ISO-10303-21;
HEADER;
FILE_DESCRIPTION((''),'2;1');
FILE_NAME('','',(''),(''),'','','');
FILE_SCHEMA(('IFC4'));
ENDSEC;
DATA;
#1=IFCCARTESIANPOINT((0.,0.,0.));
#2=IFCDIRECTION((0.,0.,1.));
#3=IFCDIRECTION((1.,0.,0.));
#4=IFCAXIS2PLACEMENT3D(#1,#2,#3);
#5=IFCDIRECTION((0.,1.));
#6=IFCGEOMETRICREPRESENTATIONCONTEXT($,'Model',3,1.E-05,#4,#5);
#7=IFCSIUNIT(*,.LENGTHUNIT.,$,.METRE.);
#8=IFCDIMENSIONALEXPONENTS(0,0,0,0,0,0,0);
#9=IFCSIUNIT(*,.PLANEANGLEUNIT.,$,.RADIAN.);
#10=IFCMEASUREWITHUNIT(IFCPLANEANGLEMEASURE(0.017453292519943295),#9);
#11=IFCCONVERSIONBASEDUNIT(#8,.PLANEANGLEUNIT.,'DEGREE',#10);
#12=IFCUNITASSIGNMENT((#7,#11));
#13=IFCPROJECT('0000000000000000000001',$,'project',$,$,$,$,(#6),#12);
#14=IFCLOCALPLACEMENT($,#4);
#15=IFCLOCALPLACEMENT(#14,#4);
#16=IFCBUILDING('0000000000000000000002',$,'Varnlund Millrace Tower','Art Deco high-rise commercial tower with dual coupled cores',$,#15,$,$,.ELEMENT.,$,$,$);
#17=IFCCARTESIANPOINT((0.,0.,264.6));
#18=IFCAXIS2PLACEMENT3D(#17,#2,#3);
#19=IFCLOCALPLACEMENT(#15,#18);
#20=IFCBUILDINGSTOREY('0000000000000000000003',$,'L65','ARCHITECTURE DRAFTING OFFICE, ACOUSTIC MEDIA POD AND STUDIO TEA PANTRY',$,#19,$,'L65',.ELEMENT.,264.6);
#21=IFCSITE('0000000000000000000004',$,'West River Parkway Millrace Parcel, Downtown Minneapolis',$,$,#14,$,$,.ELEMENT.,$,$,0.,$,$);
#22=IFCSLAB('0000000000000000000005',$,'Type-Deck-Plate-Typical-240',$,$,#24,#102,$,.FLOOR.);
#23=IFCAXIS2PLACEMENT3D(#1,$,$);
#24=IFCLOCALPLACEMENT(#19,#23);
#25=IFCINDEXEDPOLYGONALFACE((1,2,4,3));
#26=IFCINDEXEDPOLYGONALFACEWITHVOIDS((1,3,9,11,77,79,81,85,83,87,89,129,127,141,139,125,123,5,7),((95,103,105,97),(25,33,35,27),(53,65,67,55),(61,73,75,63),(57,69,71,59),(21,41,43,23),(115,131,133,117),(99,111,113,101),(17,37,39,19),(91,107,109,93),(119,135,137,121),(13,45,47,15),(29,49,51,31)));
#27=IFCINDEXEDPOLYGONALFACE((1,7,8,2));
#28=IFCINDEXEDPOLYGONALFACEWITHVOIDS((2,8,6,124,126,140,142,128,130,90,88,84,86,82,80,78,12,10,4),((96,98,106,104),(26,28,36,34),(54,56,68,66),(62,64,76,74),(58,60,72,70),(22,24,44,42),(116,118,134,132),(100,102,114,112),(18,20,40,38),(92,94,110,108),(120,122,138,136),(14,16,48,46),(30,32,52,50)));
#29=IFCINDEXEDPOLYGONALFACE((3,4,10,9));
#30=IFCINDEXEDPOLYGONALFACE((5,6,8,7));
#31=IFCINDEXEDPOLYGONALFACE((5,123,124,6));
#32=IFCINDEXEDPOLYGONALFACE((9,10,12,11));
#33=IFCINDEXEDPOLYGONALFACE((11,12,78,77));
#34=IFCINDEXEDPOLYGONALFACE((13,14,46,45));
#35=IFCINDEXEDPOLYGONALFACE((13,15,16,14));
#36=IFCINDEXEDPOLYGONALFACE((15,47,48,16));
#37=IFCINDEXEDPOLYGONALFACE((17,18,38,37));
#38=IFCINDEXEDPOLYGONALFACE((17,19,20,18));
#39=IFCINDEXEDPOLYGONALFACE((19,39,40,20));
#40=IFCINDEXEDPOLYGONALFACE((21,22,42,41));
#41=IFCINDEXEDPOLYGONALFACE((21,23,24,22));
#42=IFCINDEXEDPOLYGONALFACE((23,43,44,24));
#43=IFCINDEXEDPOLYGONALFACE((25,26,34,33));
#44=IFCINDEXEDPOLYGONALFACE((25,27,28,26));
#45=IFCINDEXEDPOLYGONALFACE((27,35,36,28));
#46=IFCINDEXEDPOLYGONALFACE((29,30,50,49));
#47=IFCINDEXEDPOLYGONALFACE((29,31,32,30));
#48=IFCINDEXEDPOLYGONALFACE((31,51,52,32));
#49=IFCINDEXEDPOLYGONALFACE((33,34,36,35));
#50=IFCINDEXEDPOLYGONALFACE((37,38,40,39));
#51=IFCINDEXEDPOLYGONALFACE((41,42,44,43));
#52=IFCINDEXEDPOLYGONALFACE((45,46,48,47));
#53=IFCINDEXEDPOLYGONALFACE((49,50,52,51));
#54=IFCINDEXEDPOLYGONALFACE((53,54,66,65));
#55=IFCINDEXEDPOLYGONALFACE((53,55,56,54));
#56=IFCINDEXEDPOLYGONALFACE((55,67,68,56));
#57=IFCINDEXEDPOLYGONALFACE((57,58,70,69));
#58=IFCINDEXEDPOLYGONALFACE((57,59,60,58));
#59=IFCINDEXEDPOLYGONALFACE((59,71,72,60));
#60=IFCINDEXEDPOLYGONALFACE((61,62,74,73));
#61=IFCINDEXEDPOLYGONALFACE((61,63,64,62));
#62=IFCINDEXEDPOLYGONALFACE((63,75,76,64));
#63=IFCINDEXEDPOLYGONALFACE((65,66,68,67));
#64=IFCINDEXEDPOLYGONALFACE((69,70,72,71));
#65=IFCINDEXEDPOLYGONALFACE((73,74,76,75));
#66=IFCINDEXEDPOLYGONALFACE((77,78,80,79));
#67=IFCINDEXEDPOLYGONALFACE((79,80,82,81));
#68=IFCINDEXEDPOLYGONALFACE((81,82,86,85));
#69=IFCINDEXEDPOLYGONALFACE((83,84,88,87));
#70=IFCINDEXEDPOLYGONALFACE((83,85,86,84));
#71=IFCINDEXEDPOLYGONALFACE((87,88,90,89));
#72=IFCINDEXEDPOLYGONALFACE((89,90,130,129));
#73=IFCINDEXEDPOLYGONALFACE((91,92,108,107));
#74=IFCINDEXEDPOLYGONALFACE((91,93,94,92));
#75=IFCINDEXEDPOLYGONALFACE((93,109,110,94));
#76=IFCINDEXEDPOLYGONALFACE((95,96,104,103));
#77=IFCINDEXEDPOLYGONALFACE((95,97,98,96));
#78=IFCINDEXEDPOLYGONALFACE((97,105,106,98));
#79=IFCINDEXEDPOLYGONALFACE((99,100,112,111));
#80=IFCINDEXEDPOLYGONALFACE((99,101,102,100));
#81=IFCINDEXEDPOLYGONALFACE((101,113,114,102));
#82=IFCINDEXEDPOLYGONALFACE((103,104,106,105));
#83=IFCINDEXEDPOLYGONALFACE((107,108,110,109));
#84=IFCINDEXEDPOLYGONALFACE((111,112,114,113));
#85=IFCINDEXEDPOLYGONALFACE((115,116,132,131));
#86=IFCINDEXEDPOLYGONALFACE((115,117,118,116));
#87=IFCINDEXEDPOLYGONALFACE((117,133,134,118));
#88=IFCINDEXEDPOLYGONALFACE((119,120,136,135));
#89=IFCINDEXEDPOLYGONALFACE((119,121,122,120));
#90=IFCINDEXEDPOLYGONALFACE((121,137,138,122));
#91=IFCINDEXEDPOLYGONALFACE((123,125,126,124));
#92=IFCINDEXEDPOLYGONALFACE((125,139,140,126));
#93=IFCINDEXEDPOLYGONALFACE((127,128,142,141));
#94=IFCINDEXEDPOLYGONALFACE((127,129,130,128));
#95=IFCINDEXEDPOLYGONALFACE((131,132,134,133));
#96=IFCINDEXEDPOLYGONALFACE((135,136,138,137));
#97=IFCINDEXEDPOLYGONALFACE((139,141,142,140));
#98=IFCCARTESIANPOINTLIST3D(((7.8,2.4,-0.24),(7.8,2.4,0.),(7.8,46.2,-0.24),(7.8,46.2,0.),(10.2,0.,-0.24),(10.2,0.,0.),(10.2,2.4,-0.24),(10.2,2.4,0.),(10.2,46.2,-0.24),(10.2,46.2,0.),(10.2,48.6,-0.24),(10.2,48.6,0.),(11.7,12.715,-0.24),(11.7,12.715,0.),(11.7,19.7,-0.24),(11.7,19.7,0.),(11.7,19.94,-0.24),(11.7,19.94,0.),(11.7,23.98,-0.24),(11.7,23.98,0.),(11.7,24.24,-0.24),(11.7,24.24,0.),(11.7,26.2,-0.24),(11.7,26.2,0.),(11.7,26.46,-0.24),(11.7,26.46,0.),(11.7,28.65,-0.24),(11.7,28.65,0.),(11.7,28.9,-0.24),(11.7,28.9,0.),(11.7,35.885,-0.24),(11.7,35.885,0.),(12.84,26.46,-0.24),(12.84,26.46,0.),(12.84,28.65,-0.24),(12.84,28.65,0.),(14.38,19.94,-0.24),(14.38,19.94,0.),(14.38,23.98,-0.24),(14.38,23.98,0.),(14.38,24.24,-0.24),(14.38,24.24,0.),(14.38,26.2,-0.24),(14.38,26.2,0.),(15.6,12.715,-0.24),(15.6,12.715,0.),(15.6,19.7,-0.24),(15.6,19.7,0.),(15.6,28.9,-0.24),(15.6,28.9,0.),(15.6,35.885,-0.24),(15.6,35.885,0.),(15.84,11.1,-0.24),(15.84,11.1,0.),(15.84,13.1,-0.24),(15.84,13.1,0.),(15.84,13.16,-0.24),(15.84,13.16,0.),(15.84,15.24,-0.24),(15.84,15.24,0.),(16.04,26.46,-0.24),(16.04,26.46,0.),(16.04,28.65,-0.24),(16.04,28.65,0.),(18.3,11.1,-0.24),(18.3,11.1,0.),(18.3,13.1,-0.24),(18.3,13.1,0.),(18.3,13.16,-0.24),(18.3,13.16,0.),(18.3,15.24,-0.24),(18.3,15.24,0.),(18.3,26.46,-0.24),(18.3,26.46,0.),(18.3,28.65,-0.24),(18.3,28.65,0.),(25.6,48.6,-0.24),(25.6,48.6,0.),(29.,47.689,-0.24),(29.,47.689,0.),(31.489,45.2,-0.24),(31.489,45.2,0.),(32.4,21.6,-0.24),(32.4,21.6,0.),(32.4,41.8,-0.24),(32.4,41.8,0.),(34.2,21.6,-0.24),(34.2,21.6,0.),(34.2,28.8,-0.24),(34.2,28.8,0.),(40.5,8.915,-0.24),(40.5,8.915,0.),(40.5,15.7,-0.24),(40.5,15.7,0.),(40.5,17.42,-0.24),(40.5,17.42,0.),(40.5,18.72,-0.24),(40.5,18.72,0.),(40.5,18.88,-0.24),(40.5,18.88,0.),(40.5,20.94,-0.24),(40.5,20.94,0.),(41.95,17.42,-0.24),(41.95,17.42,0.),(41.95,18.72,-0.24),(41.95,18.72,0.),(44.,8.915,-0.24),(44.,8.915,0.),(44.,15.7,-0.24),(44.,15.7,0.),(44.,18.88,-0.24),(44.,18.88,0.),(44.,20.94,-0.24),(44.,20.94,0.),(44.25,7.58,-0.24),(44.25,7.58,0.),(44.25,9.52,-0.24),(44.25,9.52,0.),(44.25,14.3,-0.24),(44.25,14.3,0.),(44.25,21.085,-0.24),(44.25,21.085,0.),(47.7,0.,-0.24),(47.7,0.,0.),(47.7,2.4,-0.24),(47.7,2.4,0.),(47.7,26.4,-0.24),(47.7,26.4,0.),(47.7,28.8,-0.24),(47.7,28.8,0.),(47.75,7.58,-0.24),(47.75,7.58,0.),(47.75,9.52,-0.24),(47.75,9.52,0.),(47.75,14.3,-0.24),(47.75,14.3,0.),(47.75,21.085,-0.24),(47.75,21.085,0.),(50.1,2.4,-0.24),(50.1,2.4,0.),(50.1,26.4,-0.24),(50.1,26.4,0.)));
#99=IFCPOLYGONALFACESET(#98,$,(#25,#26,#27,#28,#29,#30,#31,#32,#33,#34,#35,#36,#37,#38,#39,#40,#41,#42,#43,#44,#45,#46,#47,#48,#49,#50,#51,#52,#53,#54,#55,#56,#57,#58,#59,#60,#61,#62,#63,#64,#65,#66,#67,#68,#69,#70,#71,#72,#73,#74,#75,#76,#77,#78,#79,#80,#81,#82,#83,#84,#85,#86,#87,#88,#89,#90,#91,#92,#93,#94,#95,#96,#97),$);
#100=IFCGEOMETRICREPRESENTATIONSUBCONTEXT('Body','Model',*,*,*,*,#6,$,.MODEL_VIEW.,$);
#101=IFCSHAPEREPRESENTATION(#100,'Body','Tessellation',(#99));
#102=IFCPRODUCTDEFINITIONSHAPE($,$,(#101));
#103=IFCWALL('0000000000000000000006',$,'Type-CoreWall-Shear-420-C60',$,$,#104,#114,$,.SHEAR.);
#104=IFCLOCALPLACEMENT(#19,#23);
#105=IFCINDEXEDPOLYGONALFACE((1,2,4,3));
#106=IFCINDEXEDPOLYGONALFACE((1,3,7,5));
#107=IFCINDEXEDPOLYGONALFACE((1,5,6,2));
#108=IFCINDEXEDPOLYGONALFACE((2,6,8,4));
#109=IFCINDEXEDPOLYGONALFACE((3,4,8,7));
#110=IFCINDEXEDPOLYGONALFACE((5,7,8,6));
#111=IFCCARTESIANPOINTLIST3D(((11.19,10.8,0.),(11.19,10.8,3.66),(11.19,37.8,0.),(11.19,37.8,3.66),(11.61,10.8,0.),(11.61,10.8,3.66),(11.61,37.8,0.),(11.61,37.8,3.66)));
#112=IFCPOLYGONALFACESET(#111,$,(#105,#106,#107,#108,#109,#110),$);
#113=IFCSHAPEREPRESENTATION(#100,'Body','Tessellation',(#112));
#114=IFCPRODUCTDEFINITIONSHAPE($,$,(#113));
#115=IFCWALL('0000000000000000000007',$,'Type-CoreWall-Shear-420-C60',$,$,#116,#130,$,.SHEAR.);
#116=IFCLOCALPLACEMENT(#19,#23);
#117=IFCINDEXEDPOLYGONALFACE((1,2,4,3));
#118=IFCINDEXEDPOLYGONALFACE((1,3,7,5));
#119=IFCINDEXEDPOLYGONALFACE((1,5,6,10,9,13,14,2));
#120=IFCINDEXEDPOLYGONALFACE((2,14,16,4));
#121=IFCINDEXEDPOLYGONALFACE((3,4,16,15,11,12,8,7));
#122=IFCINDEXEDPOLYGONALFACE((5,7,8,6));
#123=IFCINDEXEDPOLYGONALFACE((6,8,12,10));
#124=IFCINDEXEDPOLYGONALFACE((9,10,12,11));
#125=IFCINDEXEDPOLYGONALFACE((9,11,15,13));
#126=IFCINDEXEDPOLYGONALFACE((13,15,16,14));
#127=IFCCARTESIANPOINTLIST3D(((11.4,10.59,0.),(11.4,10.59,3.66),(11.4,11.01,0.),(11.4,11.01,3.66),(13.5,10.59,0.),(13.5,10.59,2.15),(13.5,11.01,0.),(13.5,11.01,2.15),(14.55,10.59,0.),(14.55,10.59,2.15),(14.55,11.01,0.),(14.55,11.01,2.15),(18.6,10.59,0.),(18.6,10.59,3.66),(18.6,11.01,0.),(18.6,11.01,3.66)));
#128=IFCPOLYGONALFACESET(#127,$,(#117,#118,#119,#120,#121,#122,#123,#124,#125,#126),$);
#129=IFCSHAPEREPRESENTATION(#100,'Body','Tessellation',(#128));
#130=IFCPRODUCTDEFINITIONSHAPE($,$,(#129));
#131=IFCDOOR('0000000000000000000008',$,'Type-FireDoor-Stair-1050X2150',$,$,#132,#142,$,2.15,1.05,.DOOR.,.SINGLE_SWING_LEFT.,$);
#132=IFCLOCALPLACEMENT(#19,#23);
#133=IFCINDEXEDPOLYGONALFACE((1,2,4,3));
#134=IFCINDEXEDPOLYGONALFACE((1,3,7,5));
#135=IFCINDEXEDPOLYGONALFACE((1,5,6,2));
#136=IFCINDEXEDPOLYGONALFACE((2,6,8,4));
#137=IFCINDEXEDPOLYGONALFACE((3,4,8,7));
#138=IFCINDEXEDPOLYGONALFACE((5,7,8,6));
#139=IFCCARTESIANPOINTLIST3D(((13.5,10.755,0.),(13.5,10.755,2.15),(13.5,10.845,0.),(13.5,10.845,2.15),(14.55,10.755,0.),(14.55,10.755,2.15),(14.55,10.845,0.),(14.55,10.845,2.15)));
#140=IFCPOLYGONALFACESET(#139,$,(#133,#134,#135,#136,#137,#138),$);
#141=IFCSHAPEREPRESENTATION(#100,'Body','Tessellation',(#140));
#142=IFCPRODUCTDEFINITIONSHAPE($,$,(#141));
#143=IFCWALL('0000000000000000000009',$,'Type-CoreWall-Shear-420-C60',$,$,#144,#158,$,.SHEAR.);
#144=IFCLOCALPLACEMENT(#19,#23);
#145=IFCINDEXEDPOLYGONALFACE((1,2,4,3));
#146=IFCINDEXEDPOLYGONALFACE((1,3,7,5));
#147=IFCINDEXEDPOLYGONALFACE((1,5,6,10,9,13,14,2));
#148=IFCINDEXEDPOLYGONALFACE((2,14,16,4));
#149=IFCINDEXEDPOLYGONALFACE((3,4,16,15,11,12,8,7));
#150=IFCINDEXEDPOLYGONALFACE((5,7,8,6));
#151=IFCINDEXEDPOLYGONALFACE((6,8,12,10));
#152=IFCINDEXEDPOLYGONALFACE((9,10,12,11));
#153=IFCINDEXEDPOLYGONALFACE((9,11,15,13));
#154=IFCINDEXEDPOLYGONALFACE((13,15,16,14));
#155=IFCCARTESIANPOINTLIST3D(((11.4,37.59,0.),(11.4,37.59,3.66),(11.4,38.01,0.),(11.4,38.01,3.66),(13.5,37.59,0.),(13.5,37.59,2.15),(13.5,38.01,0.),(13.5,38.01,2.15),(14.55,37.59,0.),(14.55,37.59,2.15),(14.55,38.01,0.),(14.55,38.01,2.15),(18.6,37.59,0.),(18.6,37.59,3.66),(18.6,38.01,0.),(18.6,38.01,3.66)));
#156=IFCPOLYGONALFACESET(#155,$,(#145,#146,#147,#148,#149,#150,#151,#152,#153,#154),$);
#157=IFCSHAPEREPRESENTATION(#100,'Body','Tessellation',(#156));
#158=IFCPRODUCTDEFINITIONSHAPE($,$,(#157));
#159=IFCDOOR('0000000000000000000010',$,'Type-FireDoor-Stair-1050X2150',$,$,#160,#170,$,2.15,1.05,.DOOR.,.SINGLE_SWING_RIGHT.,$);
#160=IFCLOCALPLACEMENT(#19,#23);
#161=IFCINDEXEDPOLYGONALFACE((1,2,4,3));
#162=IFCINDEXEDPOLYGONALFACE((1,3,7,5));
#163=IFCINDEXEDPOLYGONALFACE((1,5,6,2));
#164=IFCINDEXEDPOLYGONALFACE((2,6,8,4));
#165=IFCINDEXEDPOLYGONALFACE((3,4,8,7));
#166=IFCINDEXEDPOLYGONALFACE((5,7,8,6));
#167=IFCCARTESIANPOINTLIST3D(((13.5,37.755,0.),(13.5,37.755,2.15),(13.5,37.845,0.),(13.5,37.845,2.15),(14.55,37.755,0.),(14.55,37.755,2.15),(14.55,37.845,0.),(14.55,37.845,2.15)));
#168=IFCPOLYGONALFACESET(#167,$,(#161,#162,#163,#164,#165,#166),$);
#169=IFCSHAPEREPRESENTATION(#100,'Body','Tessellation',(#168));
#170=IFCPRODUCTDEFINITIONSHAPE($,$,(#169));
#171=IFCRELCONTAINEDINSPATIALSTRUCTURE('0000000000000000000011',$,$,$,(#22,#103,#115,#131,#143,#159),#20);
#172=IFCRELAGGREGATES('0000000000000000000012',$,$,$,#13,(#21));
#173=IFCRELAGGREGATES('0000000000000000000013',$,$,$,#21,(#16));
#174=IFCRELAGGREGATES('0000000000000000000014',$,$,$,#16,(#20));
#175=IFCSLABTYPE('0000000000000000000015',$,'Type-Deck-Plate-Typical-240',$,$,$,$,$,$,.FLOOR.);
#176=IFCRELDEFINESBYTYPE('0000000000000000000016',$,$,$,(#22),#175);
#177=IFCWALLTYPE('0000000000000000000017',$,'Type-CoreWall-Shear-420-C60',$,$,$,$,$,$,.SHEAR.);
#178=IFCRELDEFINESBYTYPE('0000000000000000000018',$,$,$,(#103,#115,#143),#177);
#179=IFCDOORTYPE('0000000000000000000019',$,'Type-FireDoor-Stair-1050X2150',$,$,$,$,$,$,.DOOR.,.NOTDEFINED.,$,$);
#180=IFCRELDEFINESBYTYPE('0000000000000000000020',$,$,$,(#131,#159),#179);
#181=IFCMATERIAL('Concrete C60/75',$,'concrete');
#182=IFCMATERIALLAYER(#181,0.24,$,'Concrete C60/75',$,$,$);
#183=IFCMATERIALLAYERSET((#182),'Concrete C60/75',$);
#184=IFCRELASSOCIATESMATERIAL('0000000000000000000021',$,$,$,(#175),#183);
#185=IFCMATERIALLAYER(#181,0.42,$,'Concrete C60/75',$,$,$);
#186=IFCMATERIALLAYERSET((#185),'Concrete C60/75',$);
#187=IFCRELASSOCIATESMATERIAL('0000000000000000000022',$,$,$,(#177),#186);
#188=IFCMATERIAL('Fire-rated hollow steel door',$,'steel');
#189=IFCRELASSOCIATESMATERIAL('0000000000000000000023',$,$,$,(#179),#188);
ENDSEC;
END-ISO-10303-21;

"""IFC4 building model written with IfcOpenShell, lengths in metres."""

from ifc_helpers import new_model, entity, si_unit, converted_unit, direction, frame, origin_with_axes, origin_2d_with_axis, place, context, subcontext, project, spatial, polyline, rectangle, outline, extrude, material, layer, layer_set, type_object, element, fill, save


model = new_model("IFC4")

# Units and contexts
model_context = context("Model", 3, precision=1e-05, world=origin_with_axes(), true_north=direction((0.0, 1.0)))
body_context = subcontext(model_context, "Body", "Model", "MODEL_VIEW")
ifc_project = project(units=[si_unit("LENGTHUNIT", "METRE"), converted_unit("PLANEANGLEUNIT", "DEGREE", entity("IfcPlaneAngleMeasure", 0.017453292519943295), si_unit("PLANEANGLEUNIT", "RADIAN"), dimensions=[0, 0, 0, 0, 0, 0, 0])], contexts=[model_context])

# Site, building, storey
site_placement = place(None, origin_with_axes())
site = spatial("IfcSite", under=ifc_project, at=site_placement, Name="West River Parkway Millrace Parcel, Downtown Minneapolis", CompositionType="ELEMENT", RefElevation=0.0)
building_placement = place(site_placement, origin_with_axes())
building = spatial("IfcBuilding", under=site, at=building_placement, Name="Varnlund Millrace Tower", Description="Art Deco high-rise commercial tower with dual coupled cores", CompositionType="ELEMENT")
storey_placement = place(building_placement, frame((0.0, 0.0, 264.6), z_axis=(0.0, 0.0, 1.0), x_axis=(1.0, 0.0, 0.0)))
storey = spatial("IfcBuildingStorey", under=building, at=storey_placement, Name="L65", Description="ARCHITECTURE DRAFTING OFFICE, ACOUSTIC MEDIA POD AND STUDIO TEA PANTRY", LongName="L65", CompositionType="ELEMENT", Elevation=264.6)

# Slab
ifc_material_1 = material(Name="Concrete C60/75", Category="concrete")
ifc_layer_1 = layer(ifc_material_1, 0.24, Name="Concrete C60/75")
ifc_layer_set_1 = layer_set([ifc_layer_1], Name="Concrete C60/75")
slab_type = type_object("IfcSlabType", Name="Type-Deck-Plate-Typical-240", PredefinedType="FLOOR", material=ifc_layer_set_1)
slab_placement = place(storey_placement, frame((0.0, 0.0, -0.24), z_axis=(0.0, 0.0, 1.0), x_axis=(1.0, 0.0, 0.0)))
element("IfcSlab", 1, at=slab_placement, inside=storey, type_object=slab_type, Name="Type-Deck-Plate-Typical-240", PredefinedType="FLOOR", context=body_context, shape_type="SweptSolid", body=[
    extrude(outline(polyline([(32.4, 21.6), (32.4, 41.8), (31.489, 45.2), (29.0, 47.689), (25.6, 48.6), (10.2, 48.6), (10.2, 46.2), (7.8, 46.2), (7.8, 2.4), (10.2, 2.4), (10.2, 0.0), (47.7, 0.0), (47.7, 2.4), (50.1, 2.4), (50.1, 26.4), (47.7, 26.4), (47.7, 28.8), (34.2, 28.8), (34.2, 21.6), (32.4, 21.6)]), holes=[polyline([(18.3, 13.1), (18.3, 11.1), (15.84, 11.1), (15.84, 13.1), (18.3, 13.1)]), polyline([(15.6, 12.715), (11.7, 12.715), (11.7, 19.7), (15.6, 19.7), (15.6, 12.715)]), polyline([(11.7, 19.94), (11.7, 23.98), (14.38, 23.98), (14.38, 19.94), (11.7, 19.94)]), polyline([(14.38, 24.24), (11.7, 24.24), (11.7, 26.2), (14.38, 26.2), (14.38, 24.24)]), polyline([(12.84, 26.46), (11.7, 26.46), (11.7, 28.65), (12.84, 28.65), (12.84, 26.46)]), polyline([(15.6, 28.9), (11.7, 28.9), (11.7, 35.885), (15.6, 35.885), (15.6, 28.9)]), polyline([(47.75, 9.52), (47.75, 7.58), (44.25, 7.58), (44.25, 9.52), (47.75, 9.52)]), polyline([(44.0, 8.915), (40.5, 8.915), (40.5, 15.7), (44.0, 15.7), (44.0, 8.915)]), polyline([(18.3, 13.16), (15.84, 13.16), (15.84, 15.24), (18.3, 15.24), (18.3, 13.16)]), polyline([(47.75, 14.3), (44.25, 14.3), (44.25, 21.085), (47.75, 21.085), (47.75, 14.3)]), polyline([(41.95, 17.42), (40.5, 17.42), (40.5, 18.72), (41.95, 18.72), (41.95, 17.42)]), polyline([(44.0, 18.88), (40.5, 18.88), (40.5, 20.94), (44.0, 20.94), (44.0, 18.88)]), polyline([(18.3, 26.46), (16.04, 26.46), (16.04, 28.65), (18.3, 28.65), (18.3, 26.46)])]), origin_with_axes(), (0.0, 0.0, 1.0), 0.24),
])

# Wall
ifc_layer_2 = layer(ifc_material_1, 0.42, Name="Concrete C60/75")
ifc_layer_set_2 = layer_set([ifc_layer_2], Name="Concrete C60/75")
wall_type_1 = type_object("IfcWallType", Name="Type-CoreWall-Shear-420-C60", PredefinedType="SHEAR", material=ifc_layer_set_2)
wall_1_placement = place(storey_placement, frame((11.4, 10.8, 0.0), z_axis=(0.0, 0.0, 1.0), x_axis=(0.0, 1.0, 0.0)))
element("IfcWall", 2, at=wall_1_placement, inside=storey, type_object=wall_type_1, Name="Type-CoreWall-Shear-420-C60", PredefinedType="SHEAR", context=body_context, shape_type="SweptSolid", body=[
    extrude(outline(polyline([(0.0, -0.21), (27.0, -0.21), (27.0, 0.21), (0.0, 0.21), (0.0, -0.21)])), origin_with_axes(), (0.0, 0.0, 1.0), 3.66),
])

# Walls, openings, doors
wall_2_placement = place(storey_placement, frame((11.4, 10.8, 0.0), z_axis=(0.0, 0.0, 1.0), x_axis=(1.0, 0.0, 0.0)))
wall_2 = element("IfcWall", 3, at=wall_2_placement, inside=storey, type_object=wall_type_1, Name="Type-CoreWall-Shear-420-C60", PredefinedType="SHEAR", context=body_context, shape_type="SweptSolid", body=[
    extrude(outline(polyline([(0.0, -0.21), (7.2, -0.21), (7.2, 0.21), (0.0, 0.21), (0.0, -0.21)])), origin_with_axes(), (0.0, 0.0, 1.0), 3.66),
])
opening_1_placement = place(wall_2_placement, frame((2.625, 0.0, 0.0), z_axis=(0.0, 0.0, 1.0), x_axis=(1.0, 0.0, 0.0)))
opening_1 = element("IfcOpeningElement", 4, at=opening_1_placement, cuts=wall_2, PredefinedType="OPENING", context=body_context, shape_type="SweptSolid", body=[
    extrude(rectangle(XDim=1.05, YDim=0.44, at=origin_2d_with_axis()), origin_with_axes(), (0.0, 0.0, 1.0), 2.15),
])
ifc_material_2 = material(Name="Fire-rated hollow steel door", Category="steel")
door_type_1 = type_object("IfcDoorType", Name="Type-FireDoor-Stair-1050X2150", OperationType="NOTDEFINED", PredefinedType="DOOR", material=ifc_material_2)
door_1_placement = place(wall_2_placement, frame((2.625, 0.0, 0.0), z_axis=(0.0, 0.0, 1.0), x_axis=(1.0, 0.0, 0.0)))
door_1 = element("IfcDoor", 5, at=door_1_placement, inside=storey, type_object=door_type_1, Name="Type-FireDoor-Stair-1050X2150", OperationType="SINGLE_SWING_LEFT", OverallHeight=2.15, OverallWidth=1.05, PredefinedType="DOOR", context=body_context, shape_type="SweptSolid", body=[
    extrude(rectangle(XDim=1.05, YDim=0.09, at=origin_2d_with_axis()), origin_with_axes(), (0.0, 0.0, 1.0), 2.15),
])
fill(opening_1, door_1)
wall_3_placement = place(storey_placement, frame((11.4, 37.8, 0.0), z_axis=(0.0, 0.0, 1.0), x_axis=(1.0, 0.0, 0.0)))
wall_3 = element("IfcWall", 6, at=wall_3_placement, inside=storey, type_object=wall_type_1, Name="Type-CoreWall-Shear-420-C60", PredefinedType="SHEAR", context=body_context, shape_type="SweptSolid", body=[
    extrude(outline(polyline([(0.0, -0.21), (7.2, -0.21), (7.2, 0.21), (0.0, 0.21), (0.0, -0.21)])), origin_with_axes(), (0.0, 0.0, 1.0), 3.66),
])
opening_2_placement = place(wall_3_placement, frame((2.625, 0.0, 0.0), z_axis=(0.0, 0.0, 1.0), x_axis=(1.0, 0.0, 0.0)))
opening_2 = element("IfcOpeningElement", 7, at=opening_2_placement, cuts=wall_3, PredefinedType="OPENING", context=body_context, shape_type="SweptSolid", body=[
    extrude(rectangle(XDim=1.05, YDim=0.44, at=origin_2d_with_axis()), origin_with_axes(), (0.0, 0.0, 1.0), 2.15),
])
door_2_placement = place(wall_3_placement, frame((2.625, 0.0, 0.0), z_axis=(0.0, 0.0, 1.0), x_axis=(1.0, 0.0, 0.0)))
door_2 = element("IfcDoor", 8, at=door_2_placement, inside=storey, type_object=door_type_1, Name="Type-FireDoor-Stair-1050X2150", OperationType="SINGLE_SWING_RIGHT", OverallHeight=2.15, OverallWidth=1.05, PredefinedType="DOOR", context=body_context, shape_type="SweptSolid", body=[
    extrude(rectangle(XDim=1.05, YDim=0.09, at=origin_2d_with_axis()), origin_with_axes(), (0.0, 0.0, 1.0), 2.15),
])
fill(opening_2, door_2)

save(model, "model.ifc")
